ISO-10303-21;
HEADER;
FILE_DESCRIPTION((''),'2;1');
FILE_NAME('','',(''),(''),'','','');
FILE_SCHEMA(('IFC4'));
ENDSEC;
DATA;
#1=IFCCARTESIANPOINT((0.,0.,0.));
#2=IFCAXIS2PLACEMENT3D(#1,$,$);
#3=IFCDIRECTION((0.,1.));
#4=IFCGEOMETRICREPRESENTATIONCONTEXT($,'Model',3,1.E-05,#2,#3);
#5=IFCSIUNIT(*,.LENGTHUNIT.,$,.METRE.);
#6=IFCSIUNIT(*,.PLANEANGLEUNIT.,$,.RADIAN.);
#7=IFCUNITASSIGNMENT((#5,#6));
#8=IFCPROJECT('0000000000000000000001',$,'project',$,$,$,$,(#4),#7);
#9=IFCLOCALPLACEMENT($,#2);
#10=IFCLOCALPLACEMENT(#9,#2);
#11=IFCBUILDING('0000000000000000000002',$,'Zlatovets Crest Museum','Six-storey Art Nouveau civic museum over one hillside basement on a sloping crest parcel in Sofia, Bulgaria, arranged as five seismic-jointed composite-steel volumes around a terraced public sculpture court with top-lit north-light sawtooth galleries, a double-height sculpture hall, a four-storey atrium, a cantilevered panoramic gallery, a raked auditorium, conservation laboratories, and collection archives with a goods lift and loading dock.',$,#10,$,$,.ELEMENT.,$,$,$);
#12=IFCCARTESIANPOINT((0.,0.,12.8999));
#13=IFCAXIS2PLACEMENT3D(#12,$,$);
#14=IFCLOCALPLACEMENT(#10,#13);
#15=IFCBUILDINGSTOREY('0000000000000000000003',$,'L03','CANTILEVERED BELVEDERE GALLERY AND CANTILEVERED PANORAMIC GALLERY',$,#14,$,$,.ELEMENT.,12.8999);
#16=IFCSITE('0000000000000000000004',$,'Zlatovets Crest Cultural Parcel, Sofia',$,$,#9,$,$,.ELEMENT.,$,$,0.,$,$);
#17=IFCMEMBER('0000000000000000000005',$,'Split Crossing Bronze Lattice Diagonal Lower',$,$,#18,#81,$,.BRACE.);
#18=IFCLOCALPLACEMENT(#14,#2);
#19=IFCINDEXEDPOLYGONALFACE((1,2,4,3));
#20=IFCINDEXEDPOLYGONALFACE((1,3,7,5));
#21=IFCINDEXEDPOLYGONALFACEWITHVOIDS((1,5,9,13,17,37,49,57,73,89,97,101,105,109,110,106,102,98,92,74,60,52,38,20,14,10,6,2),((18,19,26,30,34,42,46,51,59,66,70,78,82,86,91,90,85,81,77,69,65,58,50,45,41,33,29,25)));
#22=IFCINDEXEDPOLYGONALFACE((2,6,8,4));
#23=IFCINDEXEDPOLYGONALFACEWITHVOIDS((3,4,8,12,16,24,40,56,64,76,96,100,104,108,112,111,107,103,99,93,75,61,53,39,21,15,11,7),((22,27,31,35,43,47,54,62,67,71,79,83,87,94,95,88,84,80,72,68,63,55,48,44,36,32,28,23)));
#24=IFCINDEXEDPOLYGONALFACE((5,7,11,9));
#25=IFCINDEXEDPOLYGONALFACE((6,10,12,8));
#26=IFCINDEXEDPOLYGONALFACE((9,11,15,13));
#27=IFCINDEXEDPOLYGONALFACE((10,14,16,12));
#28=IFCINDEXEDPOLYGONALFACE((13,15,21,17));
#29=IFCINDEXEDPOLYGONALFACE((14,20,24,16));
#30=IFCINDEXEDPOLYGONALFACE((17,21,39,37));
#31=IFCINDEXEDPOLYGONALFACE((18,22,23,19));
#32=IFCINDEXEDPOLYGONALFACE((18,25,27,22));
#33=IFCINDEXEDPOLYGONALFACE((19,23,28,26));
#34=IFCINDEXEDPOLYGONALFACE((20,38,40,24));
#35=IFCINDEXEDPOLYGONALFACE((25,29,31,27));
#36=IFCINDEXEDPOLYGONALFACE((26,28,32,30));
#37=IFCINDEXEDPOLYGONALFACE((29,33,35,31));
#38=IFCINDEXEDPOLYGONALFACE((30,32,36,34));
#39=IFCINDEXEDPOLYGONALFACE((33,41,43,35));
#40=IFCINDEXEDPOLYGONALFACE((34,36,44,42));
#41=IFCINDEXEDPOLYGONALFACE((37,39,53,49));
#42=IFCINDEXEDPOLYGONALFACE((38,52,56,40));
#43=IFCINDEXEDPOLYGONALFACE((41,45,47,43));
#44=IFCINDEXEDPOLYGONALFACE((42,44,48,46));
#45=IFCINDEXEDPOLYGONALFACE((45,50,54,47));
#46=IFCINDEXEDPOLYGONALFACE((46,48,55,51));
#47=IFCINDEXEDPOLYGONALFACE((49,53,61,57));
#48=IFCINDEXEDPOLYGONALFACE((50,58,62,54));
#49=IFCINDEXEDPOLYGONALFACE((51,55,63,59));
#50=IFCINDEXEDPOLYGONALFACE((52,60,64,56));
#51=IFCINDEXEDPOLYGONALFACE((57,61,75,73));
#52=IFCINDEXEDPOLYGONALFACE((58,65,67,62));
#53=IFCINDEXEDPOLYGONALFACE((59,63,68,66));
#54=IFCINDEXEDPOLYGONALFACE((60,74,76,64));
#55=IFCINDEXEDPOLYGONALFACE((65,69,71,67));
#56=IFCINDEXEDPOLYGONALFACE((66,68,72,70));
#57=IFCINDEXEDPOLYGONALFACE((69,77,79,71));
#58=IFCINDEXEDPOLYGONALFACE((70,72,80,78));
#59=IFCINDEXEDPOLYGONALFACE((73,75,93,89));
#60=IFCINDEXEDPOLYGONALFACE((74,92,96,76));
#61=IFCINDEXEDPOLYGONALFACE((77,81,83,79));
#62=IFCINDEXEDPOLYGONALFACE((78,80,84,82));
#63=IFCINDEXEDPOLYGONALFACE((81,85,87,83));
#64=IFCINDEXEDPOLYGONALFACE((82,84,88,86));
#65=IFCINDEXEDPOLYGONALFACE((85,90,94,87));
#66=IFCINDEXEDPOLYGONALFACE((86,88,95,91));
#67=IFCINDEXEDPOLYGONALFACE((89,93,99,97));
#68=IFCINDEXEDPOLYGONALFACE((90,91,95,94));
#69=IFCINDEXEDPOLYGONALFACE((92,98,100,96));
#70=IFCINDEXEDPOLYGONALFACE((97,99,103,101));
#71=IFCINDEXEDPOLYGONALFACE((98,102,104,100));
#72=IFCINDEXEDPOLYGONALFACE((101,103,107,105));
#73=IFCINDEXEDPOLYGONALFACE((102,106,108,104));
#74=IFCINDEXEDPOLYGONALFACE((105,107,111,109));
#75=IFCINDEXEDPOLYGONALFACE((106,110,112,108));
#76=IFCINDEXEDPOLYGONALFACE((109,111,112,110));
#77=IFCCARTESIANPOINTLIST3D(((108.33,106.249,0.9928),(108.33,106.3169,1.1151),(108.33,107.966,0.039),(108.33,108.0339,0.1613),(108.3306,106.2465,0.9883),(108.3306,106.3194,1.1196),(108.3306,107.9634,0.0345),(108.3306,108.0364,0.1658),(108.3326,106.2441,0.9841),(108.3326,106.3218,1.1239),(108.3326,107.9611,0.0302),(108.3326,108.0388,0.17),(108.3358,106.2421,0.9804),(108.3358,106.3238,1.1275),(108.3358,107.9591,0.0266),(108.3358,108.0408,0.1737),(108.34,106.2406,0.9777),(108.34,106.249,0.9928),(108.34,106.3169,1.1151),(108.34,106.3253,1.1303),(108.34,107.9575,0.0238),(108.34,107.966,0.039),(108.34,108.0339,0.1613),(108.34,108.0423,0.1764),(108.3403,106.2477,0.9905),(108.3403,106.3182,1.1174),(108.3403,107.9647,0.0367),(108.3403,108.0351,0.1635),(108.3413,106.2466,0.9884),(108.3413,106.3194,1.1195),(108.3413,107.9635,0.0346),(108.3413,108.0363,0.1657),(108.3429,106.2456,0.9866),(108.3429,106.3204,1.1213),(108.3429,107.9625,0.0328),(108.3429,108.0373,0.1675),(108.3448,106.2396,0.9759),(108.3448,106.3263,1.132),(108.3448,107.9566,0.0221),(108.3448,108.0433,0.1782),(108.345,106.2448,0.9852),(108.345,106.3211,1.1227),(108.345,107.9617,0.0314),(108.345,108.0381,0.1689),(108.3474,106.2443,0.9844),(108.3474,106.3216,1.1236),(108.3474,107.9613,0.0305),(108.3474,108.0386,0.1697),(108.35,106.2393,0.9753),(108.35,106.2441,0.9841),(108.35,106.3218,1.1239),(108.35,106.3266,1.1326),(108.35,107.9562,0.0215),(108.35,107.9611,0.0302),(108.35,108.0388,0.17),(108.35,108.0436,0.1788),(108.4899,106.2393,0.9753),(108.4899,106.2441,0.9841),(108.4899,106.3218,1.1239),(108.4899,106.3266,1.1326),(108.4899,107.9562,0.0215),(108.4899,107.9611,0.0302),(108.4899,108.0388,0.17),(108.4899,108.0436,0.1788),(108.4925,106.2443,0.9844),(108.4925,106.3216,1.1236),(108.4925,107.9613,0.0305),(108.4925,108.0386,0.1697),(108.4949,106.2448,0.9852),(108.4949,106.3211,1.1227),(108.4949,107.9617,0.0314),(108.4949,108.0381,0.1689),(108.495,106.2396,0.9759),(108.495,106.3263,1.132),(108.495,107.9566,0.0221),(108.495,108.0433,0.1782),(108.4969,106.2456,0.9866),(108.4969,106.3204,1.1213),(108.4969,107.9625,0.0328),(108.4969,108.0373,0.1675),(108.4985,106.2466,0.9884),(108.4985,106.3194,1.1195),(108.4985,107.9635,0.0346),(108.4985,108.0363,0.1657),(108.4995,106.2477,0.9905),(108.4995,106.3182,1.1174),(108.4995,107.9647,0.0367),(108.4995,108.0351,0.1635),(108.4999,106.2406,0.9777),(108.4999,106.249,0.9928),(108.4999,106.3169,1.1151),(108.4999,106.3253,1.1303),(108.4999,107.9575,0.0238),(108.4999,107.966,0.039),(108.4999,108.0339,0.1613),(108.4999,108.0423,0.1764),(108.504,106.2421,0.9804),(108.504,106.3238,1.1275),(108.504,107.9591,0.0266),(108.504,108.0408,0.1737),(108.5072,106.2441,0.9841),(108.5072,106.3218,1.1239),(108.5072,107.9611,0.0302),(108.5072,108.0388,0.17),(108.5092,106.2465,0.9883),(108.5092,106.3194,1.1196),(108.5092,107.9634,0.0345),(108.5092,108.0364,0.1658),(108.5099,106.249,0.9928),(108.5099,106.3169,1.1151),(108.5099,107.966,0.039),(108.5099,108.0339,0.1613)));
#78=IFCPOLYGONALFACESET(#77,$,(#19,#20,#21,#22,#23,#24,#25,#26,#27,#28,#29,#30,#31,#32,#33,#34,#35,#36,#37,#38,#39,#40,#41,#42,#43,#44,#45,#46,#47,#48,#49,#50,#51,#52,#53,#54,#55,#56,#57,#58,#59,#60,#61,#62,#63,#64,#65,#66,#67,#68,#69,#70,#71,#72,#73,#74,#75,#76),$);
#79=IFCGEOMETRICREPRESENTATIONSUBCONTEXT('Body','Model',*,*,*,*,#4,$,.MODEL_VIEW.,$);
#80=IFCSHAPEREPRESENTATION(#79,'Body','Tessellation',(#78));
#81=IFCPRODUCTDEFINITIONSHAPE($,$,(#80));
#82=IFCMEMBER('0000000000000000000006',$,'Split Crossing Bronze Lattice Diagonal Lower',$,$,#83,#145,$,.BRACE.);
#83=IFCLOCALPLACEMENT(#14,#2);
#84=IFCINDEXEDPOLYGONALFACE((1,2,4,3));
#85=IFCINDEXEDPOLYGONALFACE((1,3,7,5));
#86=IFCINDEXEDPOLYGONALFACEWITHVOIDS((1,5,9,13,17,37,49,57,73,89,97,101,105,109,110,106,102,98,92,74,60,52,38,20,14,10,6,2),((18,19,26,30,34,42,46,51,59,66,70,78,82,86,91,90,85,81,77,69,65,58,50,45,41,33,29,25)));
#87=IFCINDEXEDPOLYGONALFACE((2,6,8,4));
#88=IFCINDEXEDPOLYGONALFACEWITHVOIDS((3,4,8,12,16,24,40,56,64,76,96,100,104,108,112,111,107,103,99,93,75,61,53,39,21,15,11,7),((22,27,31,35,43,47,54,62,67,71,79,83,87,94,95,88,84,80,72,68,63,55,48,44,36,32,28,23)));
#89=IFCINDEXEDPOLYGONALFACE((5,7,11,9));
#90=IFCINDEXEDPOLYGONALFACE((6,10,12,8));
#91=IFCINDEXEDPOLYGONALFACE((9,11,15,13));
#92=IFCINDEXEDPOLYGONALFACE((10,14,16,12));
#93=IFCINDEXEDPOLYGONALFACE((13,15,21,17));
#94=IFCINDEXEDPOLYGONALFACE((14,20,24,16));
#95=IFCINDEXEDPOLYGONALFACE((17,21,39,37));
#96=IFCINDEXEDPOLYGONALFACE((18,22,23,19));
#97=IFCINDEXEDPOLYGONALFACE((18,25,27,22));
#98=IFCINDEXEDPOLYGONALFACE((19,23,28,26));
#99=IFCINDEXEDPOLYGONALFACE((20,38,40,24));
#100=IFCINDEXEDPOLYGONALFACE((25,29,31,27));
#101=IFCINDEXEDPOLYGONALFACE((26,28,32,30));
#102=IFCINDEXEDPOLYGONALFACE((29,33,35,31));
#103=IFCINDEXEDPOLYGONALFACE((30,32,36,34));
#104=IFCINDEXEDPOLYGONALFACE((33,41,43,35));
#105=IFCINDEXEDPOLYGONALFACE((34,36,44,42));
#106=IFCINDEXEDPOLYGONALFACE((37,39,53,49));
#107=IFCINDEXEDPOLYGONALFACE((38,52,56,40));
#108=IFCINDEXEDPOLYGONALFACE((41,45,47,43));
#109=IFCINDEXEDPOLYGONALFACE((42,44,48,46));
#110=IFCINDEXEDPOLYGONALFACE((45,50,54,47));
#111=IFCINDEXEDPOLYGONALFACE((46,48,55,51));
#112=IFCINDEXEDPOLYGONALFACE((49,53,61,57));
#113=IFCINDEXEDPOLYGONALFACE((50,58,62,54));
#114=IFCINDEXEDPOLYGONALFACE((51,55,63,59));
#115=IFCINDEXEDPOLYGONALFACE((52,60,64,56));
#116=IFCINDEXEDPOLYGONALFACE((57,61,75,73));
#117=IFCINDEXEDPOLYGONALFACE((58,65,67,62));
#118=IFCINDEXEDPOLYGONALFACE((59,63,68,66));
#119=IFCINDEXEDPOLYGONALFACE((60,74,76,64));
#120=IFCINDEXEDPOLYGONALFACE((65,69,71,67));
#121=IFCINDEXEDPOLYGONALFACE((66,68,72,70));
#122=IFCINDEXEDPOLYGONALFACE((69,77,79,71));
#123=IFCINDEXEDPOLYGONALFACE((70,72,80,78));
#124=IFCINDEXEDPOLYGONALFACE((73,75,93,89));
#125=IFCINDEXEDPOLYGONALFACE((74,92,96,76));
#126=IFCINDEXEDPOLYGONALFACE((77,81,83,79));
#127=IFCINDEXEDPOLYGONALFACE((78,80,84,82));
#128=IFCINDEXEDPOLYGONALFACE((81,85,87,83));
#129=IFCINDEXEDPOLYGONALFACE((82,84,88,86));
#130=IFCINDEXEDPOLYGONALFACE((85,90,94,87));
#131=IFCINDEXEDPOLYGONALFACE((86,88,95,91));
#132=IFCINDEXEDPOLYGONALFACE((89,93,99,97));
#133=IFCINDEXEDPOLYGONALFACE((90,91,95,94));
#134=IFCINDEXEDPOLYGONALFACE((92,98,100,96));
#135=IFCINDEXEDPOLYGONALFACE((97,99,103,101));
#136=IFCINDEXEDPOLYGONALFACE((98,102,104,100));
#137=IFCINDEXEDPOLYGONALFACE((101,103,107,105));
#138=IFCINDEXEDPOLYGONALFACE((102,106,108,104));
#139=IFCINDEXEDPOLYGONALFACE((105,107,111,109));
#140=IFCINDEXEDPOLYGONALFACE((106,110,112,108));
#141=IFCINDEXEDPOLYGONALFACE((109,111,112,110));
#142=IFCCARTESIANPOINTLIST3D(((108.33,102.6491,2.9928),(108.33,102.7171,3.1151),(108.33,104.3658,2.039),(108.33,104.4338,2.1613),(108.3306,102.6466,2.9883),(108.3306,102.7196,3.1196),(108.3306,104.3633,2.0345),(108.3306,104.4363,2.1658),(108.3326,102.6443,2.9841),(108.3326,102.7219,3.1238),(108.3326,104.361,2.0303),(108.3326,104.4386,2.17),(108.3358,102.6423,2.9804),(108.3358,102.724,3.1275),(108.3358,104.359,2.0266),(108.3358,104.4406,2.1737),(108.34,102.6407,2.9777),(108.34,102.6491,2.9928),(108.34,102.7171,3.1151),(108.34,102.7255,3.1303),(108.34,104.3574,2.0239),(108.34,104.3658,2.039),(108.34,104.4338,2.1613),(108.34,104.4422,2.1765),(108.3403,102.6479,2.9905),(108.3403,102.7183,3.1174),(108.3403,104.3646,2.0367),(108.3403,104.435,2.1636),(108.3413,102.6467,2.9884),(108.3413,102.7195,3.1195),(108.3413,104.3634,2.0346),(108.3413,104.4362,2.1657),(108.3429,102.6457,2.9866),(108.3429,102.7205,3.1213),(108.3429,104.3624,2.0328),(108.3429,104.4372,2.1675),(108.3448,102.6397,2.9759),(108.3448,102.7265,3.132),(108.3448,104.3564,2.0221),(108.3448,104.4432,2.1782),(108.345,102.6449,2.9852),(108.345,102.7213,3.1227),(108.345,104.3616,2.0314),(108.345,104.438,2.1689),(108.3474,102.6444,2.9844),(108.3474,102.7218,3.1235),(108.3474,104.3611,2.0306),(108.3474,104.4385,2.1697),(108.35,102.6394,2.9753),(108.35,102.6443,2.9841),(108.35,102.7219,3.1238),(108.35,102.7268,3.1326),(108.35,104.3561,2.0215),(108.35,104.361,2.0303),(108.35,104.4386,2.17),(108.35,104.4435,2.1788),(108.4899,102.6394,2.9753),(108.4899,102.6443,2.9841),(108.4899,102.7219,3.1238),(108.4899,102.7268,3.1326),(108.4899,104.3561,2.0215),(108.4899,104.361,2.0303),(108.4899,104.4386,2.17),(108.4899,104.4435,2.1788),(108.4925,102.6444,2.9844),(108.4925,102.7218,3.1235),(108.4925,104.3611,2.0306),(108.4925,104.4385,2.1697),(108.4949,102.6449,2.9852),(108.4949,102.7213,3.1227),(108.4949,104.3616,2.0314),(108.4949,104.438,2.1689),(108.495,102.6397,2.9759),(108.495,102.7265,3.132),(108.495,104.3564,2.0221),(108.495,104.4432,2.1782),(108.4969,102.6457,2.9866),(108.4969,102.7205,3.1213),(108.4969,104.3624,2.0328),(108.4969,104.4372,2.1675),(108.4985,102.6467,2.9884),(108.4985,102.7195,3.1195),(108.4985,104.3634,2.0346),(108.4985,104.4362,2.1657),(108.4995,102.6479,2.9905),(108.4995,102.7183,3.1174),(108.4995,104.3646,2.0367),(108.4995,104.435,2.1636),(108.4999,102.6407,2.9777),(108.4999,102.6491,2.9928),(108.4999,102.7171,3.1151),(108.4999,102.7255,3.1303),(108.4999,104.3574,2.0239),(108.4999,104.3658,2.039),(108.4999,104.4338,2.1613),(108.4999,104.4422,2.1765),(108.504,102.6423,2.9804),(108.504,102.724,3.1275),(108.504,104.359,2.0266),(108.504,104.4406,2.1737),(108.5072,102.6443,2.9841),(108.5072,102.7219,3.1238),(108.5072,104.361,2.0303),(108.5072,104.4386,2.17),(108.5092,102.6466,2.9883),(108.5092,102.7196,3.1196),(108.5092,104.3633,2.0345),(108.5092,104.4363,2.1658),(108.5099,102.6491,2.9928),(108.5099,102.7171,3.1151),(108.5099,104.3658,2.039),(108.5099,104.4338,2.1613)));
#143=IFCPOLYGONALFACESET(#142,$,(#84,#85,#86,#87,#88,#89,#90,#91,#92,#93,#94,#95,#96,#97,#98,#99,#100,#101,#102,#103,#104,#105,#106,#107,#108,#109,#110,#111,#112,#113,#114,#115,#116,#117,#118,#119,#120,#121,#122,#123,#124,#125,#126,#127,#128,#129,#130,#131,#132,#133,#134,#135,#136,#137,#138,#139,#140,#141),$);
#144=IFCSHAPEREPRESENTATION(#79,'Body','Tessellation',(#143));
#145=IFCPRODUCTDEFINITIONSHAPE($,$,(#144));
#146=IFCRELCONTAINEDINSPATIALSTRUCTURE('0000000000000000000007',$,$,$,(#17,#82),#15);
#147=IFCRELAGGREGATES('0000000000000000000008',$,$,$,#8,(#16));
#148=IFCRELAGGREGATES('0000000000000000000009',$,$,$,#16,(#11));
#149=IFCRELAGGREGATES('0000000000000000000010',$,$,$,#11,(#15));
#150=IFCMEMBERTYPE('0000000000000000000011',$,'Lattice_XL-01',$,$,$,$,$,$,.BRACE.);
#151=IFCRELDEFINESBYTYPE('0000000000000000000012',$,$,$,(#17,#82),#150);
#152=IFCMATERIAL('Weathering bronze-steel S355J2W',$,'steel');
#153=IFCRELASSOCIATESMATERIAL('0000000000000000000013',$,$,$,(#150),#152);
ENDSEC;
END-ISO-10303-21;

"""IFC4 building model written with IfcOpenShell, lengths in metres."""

from ifc_helpers import new_model, si_unit, direction, frame, origin, origin_2d, place, context, subcontext, project, spatial, hollow_rectangle, extrude, material, material_profile, profile_set, type_object, element, save


model = new_model("IFC4")

# Units and contexts
model_context = context("Model", 3, precision=1e-05, world=origin(), true_north=direction((0.0, 1.0)))
body_context = subcontext(model_context, "Body", "Model", "MODEL_VIEW")
ifc_project = project(units=[si_unit("LENGTHUNIT", "METRE"), si_unit("PLANEANGLEUNIT", "RADIAN")], contexts=[model_context])

# Site, building, storey
site_placement = place(None, origin())
site = spatial("IfcSite", under=ifc_project, at=site_placement, Name="Zlatovets Crest Cultural Parcel, Sofia", CompositionType="ELEMENT", RefElevation=0.0)
building_placement = place(site_placement, origin())
building = spatial("IfcBuilding", under=site, at=building_placement, Name="Zlatovets Crest Museum", Description="Six-storey Art Nouveau civic museum over one hillside basement on a sloping crest parcel in Sofia, Bulgaria, arranged as five seismic-jointed composite-steel volumes around a terraced public sculpture court with top-lit north-light sawtooth galleries, a double-height sculpture hall, a four-storey atrium, a cantilevered panoramic gallery, a raked auditorium, conservation laboratories, and collection archives with a goods lift and loading dock.", CompositionType="ELEMENT")
storey_placement = place(building_placement, frame((0.0, 0.0, 12.8999)))
storey = spatial("IfcBuildingStorey", under=building, at=storey_placement, Name="L03", Description="CANTILEVERED BELVEDERE GALLERY AND CANTILEVERED PANORAMIC GALLERY", CompositionType="ELEMENT", Elevation=12.8999)

# Members
ifc_material_1 = material(Name="Weathering bronze-steel S355J2W", Category="steel")
ifc_material_profile_1 = material_profile(ifc_material_1, hollow_rectangle(XDim=0.1799, YDim=0.1799, WallThickness=0.01, InnerFilletRadius=0.01, OuterFilletRadius=0.02, at=origin_2d()), Name="SHS 180x180x10.0")
ifc_profile_set_1 = profile_set([ifc_material_profile_1], Name="Weathering bronze-steel S355J2W")
member_type_1 = type_object("IfcMemberType", Name="Lattice_XL-01", PredefinedType="BRACE", material=ifc_profile_set_1)
for number, where, z_axis, x_axis, name in (
    (1, (108.4199, 106.283, 1.054), (0.0, 0.874169, -0.485622), (-1.0, 0.0, 0.0), "Split Crossing Bronze Lattice Diagonal Lower"),
):
    element("IfcMember", number, at=place(storey_placement, frame(where, z_axis=z_axis, x_axis=x_axis)), inside=storey, type_object=member_type_1, Name=name, PredefinedType="BRACE", context=body_context, shape_type="SweptSolid", body=[
        extrude(hollow_rectangle(XDim=0.1799, YDim=0.1799, WallThickness=0.01, InnerFilletRadius=0.01, OuterFilletRadius=0.02, at=origin_2d()), origin(), (0.0, 0.0, 1.0), 1.9641),
    ])
member_1_placement = place(storey_placement, frame((108.4199, 102.6831, 3.054), z_axis=(0.0, 0.87414, -0.485675), x_axis=(-1.0, 0.0, 0.0)))
element("IfcMember", 2, at=member_1_placement, inside=storey, type_object=member_type_1, Name="Split Crossing Bronze Lattice Diagonal Lower", PredefinedType="BRACE", context=body_context, shape_type="SweptSolid", body=[
    extrude(hollow_rectangle(XDim=0.1799, YDim=0.1799, WallThickness=0.01, InnerFilletRadius=0.01, OuterFilletRadius=0.02, at=origin_2d()), origin(), (0.0, 0.0, 1.0), 1.9639),
])

save(model, "model.ifc")
